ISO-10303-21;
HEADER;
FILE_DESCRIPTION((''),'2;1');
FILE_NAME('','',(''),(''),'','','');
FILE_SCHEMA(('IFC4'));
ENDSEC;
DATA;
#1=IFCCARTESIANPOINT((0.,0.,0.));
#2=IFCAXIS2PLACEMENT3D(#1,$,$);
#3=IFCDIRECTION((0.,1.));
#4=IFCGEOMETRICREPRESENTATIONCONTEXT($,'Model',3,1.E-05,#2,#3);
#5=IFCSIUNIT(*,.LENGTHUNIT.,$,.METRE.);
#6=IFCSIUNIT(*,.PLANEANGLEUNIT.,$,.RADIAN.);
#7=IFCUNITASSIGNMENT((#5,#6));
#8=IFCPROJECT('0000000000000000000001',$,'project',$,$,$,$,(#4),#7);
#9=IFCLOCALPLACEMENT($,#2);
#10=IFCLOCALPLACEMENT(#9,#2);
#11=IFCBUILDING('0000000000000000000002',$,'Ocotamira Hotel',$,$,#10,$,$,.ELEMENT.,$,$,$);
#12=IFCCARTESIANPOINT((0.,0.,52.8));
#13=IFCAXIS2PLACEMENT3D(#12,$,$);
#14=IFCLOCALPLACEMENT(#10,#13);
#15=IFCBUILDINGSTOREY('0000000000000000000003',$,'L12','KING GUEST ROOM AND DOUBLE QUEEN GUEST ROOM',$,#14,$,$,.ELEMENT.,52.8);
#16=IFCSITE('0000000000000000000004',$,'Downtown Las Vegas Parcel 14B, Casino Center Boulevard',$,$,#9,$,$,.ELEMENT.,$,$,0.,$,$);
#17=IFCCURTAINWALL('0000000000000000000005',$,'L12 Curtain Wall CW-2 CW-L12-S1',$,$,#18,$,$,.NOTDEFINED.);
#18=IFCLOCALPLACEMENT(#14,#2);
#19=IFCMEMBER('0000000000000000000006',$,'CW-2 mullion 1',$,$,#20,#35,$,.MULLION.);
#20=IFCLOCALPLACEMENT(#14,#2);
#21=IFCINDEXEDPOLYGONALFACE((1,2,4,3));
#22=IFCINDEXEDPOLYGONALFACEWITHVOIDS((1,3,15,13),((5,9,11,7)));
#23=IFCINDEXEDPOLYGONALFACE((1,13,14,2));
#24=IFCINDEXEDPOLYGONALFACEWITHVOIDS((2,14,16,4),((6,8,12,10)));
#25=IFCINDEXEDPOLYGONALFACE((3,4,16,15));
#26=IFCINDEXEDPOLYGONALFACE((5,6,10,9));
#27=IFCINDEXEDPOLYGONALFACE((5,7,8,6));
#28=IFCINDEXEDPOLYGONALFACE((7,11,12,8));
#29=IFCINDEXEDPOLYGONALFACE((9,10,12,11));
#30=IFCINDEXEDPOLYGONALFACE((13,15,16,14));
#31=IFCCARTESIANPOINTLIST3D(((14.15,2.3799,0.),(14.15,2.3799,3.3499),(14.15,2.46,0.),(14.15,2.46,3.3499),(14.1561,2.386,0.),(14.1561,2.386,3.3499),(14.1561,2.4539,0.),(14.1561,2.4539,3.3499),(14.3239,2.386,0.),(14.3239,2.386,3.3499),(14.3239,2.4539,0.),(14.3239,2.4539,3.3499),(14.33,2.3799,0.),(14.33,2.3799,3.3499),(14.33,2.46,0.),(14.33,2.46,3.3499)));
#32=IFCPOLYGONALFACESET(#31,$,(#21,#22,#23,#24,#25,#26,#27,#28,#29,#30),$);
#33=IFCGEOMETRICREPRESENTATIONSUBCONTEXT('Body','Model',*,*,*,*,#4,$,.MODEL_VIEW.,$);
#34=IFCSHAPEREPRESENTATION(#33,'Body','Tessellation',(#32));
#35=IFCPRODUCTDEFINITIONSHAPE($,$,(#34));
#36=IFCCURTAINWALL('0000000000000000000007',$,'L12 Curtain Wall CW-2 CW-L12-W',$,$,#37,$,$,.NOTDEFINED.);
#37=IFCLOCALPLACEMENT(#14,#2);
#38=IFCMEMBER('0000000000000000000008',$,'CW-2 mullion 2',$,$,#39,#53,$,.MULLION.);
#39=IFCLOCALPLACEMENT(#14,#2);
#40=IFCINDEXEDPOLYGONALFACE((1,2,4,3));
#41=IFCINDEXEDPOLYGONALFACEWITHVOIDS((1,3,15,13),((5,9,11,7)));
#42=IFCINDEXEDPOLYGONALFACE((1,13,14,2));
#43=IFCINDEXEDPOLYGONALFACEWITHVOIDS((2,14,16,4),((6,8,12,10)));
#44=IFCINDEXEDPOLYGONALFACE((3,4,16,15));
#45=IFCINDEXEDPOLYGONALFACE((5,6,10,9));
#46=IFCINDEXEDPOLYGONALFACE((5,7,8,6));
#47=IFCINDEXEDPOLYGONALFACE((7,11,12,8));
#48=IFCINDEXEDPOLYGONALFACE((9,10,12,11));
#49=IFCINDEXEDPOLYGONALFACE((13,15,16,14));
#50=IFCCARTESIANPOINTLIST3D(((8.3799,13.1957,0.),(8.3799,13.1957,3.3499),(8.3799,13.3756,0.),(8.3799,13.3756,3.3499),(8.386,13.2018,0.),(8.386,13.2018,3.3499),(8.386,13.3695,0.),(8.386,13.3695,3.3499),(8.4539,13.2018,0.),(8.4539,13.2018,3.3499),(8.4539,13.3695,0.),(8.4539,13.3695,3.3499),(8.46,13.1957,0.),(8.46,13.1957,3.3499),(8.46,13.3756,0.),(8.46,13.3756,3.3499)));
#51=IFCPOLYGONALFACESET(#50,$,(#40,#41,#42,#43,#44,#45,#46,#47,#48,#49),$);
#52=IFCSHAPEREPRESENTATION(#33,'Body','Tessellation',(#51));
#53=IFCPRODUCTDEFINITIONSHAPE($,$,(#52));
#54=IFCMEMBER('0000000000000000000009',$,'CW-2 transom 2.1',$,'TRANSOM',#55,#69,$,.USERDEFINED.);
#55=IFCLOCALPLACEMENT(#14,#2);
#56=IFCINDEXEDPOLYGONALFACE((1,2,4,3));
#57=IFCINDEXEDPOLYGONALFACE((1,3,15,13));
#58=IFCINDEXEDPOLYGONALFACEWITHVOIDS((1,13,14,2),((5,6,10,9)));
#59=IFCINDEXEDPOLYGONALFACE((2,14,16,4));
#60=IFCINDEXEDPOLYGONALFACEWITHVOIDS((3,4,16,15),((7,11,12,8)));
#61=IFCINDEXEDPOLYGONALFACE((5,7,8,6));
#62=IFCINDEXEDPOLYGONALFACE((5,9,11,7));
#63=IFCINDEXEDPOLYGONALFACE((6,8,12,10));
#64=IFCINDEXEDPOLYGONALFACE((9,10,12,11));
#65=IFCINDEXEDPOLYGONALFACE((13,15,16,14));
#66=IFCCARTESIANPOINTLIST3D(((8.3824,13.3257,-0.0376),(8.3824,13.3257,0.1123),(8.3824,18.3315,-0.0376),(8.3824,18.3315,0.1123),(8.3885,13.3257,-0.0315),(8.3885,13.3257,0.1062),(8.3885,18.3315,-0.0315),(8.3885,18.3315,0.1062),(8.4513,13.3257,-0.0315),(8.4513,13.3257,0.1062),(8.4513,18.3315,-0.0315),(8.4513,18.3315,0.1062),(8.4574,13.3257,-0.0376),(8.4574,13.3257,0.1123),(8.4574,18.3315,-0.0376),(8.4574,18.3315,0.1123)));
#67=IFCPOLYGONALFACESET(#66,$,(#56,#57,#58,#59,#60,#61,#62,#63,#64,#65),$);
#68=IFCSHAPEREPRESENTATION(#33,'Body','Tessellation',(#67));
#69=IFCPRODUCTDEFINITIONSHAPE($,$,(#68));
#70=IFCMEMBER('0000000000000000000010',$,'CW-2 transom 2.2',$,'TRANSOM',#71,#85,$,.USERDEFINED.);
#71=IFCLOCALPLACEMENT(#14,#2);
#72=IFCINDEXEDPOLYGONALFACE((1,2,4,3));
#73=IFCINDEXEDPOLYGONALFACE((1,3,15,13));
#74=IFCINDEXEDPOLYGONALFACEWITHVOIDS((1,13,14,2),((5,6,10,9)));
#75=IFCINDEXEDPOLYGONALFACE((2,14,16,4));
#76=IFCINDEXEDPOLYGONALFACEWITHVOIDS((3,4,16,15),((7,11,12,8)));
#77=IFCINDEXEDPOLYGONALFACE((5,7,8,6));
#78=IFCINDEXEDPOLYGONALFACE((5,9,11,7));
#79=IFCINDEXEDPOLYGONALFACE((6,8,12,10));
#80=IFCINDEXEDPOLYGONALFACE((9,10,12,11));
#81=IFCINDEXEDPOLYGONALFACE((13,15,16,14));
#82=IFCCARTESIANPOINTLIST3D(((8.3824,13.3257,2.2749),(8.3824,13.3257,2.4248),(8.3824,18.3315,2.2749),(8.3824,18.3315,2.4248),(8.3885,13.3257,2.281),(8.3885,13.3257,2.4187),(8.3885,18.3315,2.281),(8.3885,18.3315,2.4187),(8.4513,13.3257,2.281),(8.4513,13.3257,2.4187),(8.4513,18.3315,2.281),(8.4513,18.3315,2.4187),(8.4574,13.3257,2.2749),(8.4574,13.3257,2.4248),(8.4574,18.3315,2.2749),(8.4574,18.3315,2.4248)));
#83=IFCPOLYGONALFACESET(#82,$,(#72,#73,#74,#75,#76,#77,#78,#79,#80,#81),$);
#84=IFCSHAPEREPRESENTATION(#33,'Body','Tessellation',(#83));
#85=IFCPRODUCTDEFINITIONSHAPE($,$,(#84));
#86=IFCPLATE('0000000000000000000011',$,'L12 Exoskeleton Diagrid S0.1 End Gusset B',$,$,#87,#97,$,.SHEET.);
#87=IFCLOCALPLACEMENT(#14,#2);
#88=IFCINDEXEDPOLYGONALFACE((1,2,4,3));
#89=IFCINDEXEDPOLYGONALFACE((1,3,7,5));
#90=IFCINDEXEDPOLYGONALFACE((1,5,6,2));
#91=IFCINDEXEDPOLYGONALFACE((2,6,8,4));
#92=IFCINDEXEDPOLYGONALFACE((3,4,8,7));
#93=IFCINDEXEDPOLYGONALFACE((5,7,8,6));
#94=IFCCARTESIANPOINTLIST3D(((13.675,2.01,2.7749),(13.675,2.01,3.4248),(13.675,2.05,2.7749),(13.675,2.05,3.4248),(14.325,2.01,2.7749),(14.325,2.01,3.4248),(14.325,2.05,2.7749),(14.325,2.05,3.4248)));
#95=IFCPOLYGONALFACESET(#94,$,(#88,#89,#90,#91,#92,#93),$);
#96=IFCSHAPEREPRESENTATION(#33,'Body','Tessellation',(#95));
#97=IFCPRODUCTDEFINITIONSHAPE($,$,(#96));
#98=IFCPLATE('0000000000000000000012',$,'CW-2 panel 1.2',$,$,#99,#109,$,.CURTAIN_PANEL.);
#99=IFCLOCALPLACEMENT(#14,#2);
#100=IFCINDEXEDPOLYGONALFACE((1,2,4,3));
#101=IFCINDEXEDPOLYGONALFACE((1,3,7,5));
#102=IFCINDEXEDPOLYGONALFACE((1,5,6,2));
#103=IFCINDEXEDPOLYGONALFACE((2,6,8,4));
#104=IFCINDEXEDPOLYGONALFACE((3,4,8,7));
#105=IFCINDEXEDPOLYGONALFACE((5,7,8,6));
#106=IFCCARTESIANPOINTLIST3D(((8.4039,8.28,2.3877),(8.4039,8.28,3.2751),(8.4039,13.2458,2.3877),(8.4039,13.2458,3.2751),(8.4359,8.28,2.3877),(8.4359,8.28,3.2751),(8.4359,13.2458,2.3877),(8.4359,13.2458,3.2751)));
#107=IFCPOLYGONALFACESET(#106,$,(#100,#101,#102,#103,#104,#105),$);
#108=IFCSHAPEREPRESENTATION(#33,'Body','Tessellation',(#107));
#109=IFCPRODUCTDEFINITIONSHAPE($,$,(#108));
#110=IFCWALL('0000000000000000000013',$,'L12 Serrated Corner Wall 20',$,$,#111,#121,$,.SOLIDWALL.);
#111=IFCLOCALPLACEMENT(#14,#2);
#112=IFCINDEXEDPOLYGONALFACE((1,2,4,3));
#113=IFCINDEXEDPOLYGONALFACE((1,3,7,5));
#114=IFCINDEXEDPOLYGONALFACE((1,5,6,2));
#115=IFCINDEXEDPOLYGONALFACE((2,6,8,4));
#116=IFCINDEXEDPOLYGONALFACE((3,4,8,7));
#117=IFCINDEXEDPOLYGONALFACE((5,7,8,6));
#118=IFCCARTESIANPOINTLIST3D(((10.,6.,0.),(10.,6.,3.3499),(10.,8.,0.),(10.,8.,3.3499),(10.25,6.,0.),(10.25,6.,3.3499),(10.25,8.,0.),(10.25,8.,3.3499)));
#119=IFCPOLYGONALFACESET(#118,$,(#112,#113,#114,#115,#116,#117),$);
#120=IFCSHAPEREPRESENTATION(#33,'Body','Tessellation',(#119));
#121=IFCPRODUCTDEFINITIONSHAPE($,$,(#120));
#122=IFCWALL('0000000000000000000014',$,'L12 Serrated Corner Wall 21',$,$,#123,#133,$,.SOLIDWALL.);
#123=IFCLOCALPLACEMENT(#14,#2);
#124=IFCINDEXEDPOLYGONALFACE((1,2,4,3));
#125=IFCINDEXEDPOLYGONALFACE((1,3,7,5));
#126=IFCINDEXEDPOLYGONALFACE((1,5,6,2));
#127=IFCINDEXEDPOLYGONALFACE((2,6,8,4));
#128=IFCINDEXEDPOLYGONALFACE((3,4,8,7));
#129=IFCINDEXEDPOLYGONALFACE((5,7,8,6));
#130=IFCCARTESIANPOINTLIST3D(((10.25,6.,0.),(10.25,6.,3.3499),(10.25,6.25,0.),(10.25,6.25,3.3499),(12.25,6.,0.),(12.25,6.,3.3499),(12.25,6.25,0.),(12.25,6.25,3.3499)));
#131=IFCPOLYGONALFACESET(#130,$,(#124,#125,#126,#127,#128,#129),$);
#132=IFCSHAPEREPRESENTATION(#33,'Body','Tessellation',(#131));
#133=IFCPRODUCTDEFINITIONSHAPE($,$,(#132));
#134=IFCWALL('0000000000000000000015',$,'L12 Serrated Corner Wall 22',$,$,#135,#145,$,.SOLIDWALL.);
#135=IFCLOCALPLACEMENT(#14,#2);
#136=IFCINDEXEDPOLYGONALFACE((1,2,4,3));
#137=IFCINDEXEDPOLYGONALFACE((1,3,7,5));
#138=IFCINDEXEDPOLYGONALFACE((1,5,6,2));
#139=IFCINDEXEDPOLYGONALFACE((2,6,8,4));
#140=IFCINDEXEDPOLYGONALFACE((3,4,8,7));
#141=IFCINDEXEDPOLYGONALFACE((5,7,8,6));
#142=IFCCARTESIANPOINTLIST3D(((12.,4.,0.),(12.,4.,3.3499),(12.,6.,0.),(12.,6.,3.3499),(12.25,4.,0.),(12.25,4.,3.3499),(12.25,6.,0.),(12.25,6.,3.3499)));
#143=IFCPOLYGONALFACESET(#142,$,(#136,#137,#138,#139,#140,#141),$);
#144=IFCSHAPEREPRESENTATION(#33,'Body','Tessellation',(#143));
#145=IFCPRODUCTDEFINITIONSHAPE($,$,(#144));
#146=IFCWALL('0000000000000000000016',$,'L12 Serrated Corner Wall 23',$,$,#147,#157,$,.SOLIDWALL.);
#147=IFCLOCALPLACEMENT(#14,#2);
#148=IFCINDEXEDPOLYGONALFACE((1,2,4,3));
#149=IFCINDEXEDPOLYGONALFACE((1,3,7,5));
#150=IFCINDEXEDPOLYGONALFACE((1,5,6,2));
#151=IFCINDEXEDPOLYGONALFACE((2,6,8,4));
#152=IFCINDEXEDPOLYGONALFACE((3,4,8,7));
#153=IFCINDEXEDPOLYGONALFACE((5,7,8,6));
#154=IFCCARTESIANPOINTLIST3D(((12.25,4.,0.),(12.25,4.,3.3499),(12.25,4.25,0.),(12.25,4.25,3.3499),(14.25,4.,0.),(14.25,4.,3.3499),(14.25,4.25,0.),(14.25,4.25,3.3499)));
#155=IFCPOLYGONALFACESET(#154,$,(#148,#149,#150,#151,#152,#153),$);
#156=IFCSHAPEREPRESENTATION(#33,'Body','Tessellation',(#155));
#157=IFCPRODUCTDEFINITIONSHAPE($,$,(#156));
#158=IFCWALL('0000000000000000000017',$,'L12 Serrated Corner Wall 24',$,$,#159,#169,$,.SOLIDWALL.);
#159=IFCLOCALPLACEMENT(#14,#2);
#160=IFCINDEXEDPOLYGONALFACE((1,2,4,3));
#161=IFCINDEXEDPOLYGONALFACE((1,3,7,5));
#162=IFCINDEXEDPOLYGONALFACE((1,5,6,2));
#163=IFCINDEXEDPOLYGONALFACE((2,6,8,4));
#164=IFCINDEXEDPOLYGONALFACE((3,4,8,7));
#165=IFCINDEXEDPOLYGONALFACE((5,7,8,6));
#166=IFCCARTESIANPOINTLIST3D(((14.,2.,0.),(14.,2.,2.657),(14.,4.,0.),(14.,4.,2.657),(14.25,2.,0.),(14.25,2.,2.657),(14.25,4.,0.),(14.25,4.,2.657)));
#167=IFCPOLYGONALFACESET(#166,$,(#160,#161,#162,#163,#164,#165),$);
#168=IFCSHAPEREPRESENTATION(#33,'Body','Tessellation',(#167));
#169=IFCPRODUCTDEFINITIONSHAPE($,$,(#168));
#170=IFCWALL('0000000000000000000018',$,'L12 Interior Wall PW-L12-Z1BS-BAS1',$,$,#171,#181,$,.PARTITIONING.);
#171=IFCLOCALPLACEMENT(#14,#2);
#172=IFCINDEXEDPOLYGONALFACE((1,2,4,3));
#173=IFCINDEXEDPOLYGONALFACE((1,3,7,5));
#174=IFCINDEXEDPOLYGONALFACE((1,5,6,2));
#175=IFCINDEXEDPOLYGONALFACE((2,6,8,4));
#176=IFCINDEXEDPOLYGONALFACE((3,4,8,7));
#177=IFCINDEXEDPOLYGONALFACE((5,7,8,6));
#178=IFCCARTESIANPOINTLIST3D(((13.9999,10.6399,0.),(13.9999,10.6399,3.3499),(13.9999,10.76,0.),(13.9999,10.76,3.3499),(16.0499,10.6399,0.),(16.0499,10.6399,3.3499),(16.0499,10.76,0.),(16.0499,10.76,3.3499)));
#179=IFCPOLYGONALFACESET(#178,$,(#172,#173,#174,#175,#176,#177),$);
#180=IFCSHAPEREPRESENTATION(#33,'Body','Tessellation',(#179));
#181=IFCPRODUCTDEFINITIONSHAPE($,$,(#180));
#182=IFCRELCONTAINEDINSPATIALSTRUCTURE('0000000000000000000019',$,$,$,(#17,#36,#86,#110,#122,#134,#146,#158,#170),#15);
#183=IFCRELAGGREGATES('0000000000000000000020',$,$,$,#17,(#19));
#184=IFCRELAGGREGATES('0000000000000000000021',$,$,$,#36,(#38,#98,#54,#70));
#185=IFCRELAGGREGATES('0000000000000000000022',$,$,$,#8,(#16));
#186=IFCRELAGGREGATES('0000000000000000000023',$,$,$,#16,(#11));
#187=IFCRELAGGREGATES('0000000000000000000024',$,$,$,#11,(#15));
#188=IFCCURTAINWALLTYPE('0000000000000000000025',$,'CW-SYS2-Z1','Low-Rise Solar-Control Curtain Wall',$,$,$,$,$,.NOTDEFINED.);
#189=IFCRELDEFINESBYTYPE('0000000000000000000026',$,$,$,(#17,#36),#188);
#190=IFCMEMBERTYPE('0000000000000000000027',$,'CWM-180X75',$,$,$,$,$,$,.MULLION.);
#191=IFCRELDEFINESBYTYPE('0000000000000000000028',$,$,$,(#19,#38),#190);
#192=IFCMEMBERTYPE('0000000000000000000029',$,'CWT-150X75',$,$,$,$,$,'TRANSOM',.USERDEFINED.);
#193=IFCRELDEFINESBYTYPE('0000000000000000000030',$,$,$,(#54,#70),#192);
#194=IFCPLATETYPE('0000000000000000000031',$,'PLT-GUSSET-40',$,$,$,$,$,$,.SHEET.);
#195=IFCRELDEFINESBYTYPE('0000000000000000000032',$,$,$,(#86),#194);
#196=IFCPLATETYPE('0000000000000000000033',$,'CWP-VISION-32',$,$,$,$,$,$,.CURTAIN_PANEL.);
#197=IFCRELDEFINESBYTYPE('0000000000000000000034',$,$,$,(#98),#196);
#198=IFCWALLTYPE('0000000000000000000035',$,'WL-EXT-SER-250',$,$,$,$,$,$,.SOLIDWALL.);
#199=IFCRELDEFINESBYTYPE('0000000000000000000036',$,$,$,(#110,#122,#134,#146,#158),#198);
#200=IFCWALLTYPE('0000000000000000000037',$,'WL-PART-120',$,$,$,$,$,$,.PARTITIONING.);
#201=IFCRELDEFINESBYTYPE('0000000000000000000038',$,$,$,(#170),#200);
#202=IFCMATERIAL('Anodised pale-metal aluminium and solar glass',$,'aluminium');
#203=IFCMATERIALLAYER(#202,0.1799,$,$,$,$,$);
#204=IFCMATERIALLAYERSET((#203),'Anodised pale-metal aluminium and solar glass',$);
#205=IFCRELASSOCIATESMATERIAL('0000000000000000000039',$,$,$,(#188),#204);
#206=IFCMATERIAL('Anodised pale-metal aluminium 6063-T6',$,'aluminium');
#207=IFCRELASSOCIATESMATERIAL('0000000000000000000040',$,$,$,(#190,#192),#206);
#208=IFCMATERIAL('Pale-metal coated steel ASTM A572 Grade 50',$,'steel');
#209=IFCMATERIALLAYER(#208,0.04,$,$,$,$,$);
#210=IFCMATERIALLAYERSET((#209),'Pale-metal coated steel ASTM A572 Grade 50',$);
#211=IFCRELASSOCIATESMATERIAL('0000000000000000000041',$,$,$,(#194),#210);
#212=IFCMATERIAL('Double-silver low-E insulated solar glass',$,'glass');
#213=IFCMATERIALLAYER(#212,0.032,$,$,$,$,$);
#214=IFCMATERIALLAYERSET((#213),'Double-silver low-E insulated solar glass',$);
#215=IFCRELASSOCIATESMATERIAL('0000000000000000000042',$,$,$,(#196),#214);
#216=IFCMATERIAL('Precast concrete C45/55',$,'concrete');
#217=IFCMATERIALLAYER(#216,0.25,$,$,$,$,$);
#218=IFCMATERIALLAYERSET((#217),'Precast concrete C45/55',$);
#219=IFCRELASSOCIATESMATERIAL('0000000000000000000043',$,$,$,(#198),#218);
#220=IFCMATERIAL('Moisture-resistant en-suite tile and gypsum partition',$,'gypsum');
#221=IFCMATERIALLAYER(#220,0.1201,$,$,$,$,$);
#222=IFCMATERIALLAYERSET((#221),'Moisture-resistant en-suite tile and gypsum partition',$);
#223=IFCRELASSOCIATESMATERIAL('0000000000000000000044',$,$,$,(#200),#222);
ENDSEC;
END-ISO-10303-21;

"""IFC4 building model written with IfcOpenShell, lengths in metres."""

from ifc_helpers import new_model, si_unit, direction, frame, frame_2d, origin, origin_2d, place, context, subcontext, project, spatial, rectangle, hollow_rectangle, extrude, source, transform, mapped, material, layer, layer_set, material_profile, profile_set, type_object, element, aggregate, save


model = new_model("IFC4")

# Units and contexts
model_context = context("Model", 3, precision=1e-05, world=origin(), true_north=direction((0.0, 1.0)))
body_context = subcontext(model_context, "Body", "Model", "MODEL_VIEW")
ifc_project = project(units=[si_unit("LENGTHUNIT", "METRE"), si_unit("PLANEANGLEUNIT", "RADIAN")], contexts=[model_context])

# Site, building, storey
site_placement = place(None, origin())
site = spatial("IfcSite", under=ifc_project, at=site_placement, Name="Downtown Las Vegas Parcel 14B, Casino Center Boulevard", CompositionType="ELEMENT", RefElevation=0.0)
building_placement = place(site_placement, origin())
building = spatial("IfcBuilding", under=site, at=building_placement, Name="Ocotamira Hotel", CompositionType="ELEMENT")
storey_placement = place(building_placement, frame((0.0, 0.0, 52.8)))
storey = spatial("IfcBuildingStorey", under=building, at=storey_placement, Name="L12", Description="KING GUEST ROOM AND DOUBLE QUEEN GUEST ROOM", CompositionType="ELEMENT", Elevation=52.8)

# Curtain wall, member
ifc_material_1 = material(Name="Anodised pale-metal aluminium and solar glass", Category="aluminium")
ifc_layer_1 = layer(ifc_material_1, 0.1799)
ifc_layer_set_1 = layer_set([ifc_layer_1], Name="Anodised pale-metal aluminium and solar glass")
curtain_wall_type = type_object("IfcCurtainWallType", Name="CW-SYS2-Z1", Description="Low-Rise Solar-Control Curtain Wall", PredefinedType="NOTDEFINED", material=ifc_layer_set_1)
curtain_wall_1_placement = place(storey_placement, origin())
curtain_wall_1 = element("IfcCurtainWall", 1, at=curtain_wall_1_placement, inside=storey, type_object=curtain_wall_type, Name="L12 Curtain Wall CW-2 CW-L12-S1", PredefinedType="NOTDEFINED")
ifc_material_2 = material(Name="Anodised pale-metal aluminium 6063-T6", Category="aluminium")
ifc_material_profile_1 = material_profile(ifc_material_2, hollow_rectangle(XDim=0.0801, YDim=0.1799, WallThickness=0.0061, at=origin_2d()), Name="HSS180X80X6")
ifc_profile_set_1 = profile_set([ifc_material_profile_1], Name="Anodised pale-metal aluminium 6063-T6")
member_type_1 = type_object("IfcMemberType", Name="CWM-180X75", PredefinedType="MULLION", material=ifc_profile_set_1)
shared_shape_1 = source(origin(), body_context, "Body", "SweptSolid", [
    extrude(hollow_rectangle(XDim=0.0801, YDim=0.1799, WallThickness=0.0061, at=origin_2d()), origin(), (0.0, 0.0, 1.0), 3.3499),
])
member_1_placement = place(storey_placement, frame((14.24, 2.4199, 0.0), z_axis=(0.0, 0.0, 1.0), x_axis=(0.0, 1.0, 0.0)))
member_1 = element("IfcMember", 2, at=member_1_placement, type_object=member_type_1, Name="CW-2 mullion 1", PredefinedType="MULLION", context=body_context, shape_type="MappedRepresentation", body=[
    mapped(shared_shape_1, transform((0.0, 0.0, 0.0), scale=1.0)),
])
aggregate(curtain_wall_1, [member_1])

# Curtain wall, members
curtain_wall_2_placement = place(storey_placement, origin())
curtain_wall_2 = element("IfcCurtainWall", 3, at=curtain_wall_2_placement, inside=storey, type_object=curtain_wall_type, Name="L12 Curtain Wall CW-2 CW-L12-W", PredefinedType="NOTDEFINED")
member_2_placement = place(storey_placement, frame((8.4199, 13.2856, 0.0), z_axis=(0.0, 0.0, 1.0), x_axis=(-1.0, 0.0, 0.0)))
member_2 = element("IfcMember", 4, at=member_2_placement, type_object=member_type_1, Name="CW-2 mullion 2", PredefinedType="MULLION", context=body_context, shape_type="MappedRepresentation", body=[
    mapped(shared_shape_1, transform((0.0, 0.0, 0.0), scale=1.0)),
])
ifc_material_profile_2 = material_profile(ifc_material_2, hollow_rectangle(XDim=0.075, YDim=0.1499, WallThickness=0.0061, at=origin_2d()), Name="HSS150X75X6")
ifc_profile_set_2 = profile_set([ifc_material_profile_2], Name="Anodised pale-metal aluminium 6063-T6")
member_type_2 = type_object("IfcMemberType", Name="CWT-150X75", ElementType="TRANSOM", PredefinedType="USERDEFINED", material=ifc_profile_set_2)
shared_shape_2 = source(origin(), body_context, "Body", "SweptSolid", [
    extrude(hollow_rectangle(XDim=0.075, YDim=0.1499, WallThickness=0.0061, at=origin_2d()), origin(), (0.0, 0.0, 1.0), 5.0059),
])
member_3_placement = place(storey_placement, frame((8.4199, 13.3257, 0.0374), z_axis=(0.0, 1.0, 0.0), x_axis=(-1.0, 0.0, 0.0)))
member_3 = element("IfcMember", 5, at=member_3_placement, type_object=member_type_2, Name="CW-2 transom 2.1", ObjectType="TRANSOM", PredefinedType="USERDEFINED", context=body_context, shape_type="MappedRepresentation", body=[
    mapped(shared_shape_2, transform((0.0, 0.0, 0.0), scale=1.0)),
])
member_4_placement = place(storey_placement, frame((8.4199, 13.3257, 2.3499), z_axis=(0.0, 1.0, 0.0), x_axis=(-1.0, 0.0, 0.0)))
member_4 = element("IfcMember", 6, at=member_4_placement, type_object=member_type_2, Name="CW-2 transom 2.2", ObjectType="TRANSOM", PredefinedType="USERDEFINED", context=body_context, shape_type="MappedRepresentation", body=[
    mapped(shared_shape_2, transform((0.0, 0.0, 0.0), scale=1.0)),
])

# Plates
ifc_material_3 = material(Name="Pale-metal coated steel ASTM A572 Grade 50", Category="steel")
ifc_layer_2 = layer(ifc_material_3, 0.04)
ifc_layer_set_2 = layer_set([ifc_layer_2], Name="Pale-metal coated steel ASTM A572 Grade 50")
plate_type_1 = type_object("IfcPlateType", Name="PLT-GUSSET-40", PredefinedType="SHEET", material=ifc_layer_set_2)
shared_shape_3 = source(origin(), body_context, "Body", "SweptSolid", [
    extrude(rectangle(XDim=0.6499, YDim=0.04, at=origin_2d()), origin(), (0.0, 0.0, 1.0), 0.6499),
])
plate_1_placement = place(storey_placement, frame((14.0, 2.03, 2.7749), z_axis=(0.0, 0.0, 1.0), x_axis=(-1.0, 0.0, 0.0)))
element("IfcPlate", 7, at=plate_1_placement, inside=storey, type_object=plate_type_1, Name="L12 Exoskeleton Diagrid S0.1 End Gusset B", PredefinedType="SHEET", context=body_context, shape_type="MappedRepresentation", body=[
    mapped(shared_shape_3, transform((0.0, 0.0, 0.0), scale=1.0)),
])
ifc_material_4 = material(Name="Double-silver low-E insulated solar glass", Category="glass")
ifc_layer_3 = layer(ifc_material_4, 0.032)
ifc_layer_set_3 = layer_set([ifc_layer_3], Name="Double-silver low-E insulated solar glass")
plate_type_2 = type_object("IfcPlateType", Name="CWP-VISION-32", PredefinedType="CURTAIN_PANEL", material=ifc_layer_set_3)
shared_shape_4 = source(origin(), body_context, "Body", "SweptSolid", [
    extrude(rectangle(XDim=4.9658, YDim=0.032, at=origin_2d()), origin(), (0.0, 0.0, 1.0), 0.8875),
])
plate_2_placement = place(storey_placement, frame((8.4199, 10.7629, 2.3877), z_axis=(0.0, 0.0, 1.0), x_axis=(0.0, 1.0, 0.0)))
plate_2 = element("IfcPlate", 8, at=plate_2_placement, type_object=plate_type_2, Name="CW-2 panel 1.2", PredefinedType="CURTAIN_PANEL", context=body_context, shape_type="MappedRepresentation", body=[
    mapped(shared_shape_4, transform((0.0, 0.0, 0.0), scale=1.0)),
])
aggregate(curtain_wall_2, [member_2, plate_2, member_3, member_4])

# Walls
ifc_material_5 = material(Name="Precast concrete C45/55", Category="concrete")
ifc_layer_4 = layer(ifc_material_5, 0.25)
ifc_layer_set_4 = layer_set([ifc_layer_4], Name="Precast concrete C45/55")
wall_type_1 = type_object("IfcWallType", Name="WL-EXT-SER-250", PredefinedType="SOLIDWALL", material=ifc_layer_set_4)
for number, where, z_axis, x_axis, name in (
    (9, (10.125, 8.0, 0.0), (0.0, 0.0, 1.0), (0.0, -1.0, 0.0), "L12 Serrated Corner Wall 20"),
    (10, (10.25, 6.125, 0.0), (0.0, 0.0, 1.0), (1.0, 0.0, 0.0), "L12 Serrated Corner Wall 21"),
    (11, (12.125, 6.0, 0.0), (0.0, 0.0, 1.0), (0.0, -1.0, 0.0), "L12 Serrated Corner Wall 22"),
    (12, (12.25, 4.125, 0.0), (0.0, 0.0, 1.0), (1.0, 0.0, 0.0), "L12 Serrated Corner Wall 23"),
):
    element("IfcWall", number, at=place(storey_placement, frame(where, z_axis=z_axis, x_axis=x_axis)), inside=storey, type_object=wall_type_1, Name=name, PredefinedType="SOLIDWALL", context=body_context, shape_type="SweptSolid", body=[
        extrude(rectangle(XDim=2.0, YDim=0.25, at=frame_2d((1.0, 0.0))), origin(), (0.0, 0.0, 1.0), 3.3499),
    ])
wall_1_placement = place(storey_placement, frame((14.125, 4.0, 0.0), z_axis=(0.0, 0.0, 1.0), x_axis=(0.0, -1.0, 0.0)))
element("IfcWall", 13, at=wall_1_placement, inside=storey, type_object=wall_type_1, Name="L12 Serrated Corner Wall 24", PredefinedType="SOLIDWALL", context=body_context, shape_type="SweptSolid", body=[
    extrude(rectangle(XDim=2.0, YDim=0.25, at=frame_2d((1.0, 0.0))), origin(), (0.0, 0.0, 1.0), 2.657),
])

# Wall
ifc_material_6 = material(Name="Moisture-resistant en-suite tile and gypsum partition", Category="gypsum")
ifc_layer_5 = layer(ifc_material_6, 0.1201)
ifc_layer_set_5 = layer_set([ifc_layer_5], Name="Moisture-resistant en-suite tile and gypsum partition")
wall_type_2 = type_object("IfcWallType", Name="WL-PART-120", PredefinedType="PARTITIONING", material=ifc_layer_set_5)
wall_2_placement = place(storey_placement, frame((14.0, 10.7, 0.0), z_axis=(0.0, 0.0, 1.0), x_axis=(1.0, 0.0, 0.0)))
element("IfcWall", 14, at=wall_2_placement, inside=storey, type_object=wall_type_2, Name="L12 Interior Wall PW-L12-Z1BS-BAS1", PredefinedType="PARTITIONING", context=body_context, shape_type="SweptSolid", body=[
    extrude(rectangle(XDim=2.05, YDim=0.1201, at=frame_2d((1.0249, 0.0))), origin(), (0.0, 0.0, 1.0), 3.3499),
])

save(model, "model.ifc")
